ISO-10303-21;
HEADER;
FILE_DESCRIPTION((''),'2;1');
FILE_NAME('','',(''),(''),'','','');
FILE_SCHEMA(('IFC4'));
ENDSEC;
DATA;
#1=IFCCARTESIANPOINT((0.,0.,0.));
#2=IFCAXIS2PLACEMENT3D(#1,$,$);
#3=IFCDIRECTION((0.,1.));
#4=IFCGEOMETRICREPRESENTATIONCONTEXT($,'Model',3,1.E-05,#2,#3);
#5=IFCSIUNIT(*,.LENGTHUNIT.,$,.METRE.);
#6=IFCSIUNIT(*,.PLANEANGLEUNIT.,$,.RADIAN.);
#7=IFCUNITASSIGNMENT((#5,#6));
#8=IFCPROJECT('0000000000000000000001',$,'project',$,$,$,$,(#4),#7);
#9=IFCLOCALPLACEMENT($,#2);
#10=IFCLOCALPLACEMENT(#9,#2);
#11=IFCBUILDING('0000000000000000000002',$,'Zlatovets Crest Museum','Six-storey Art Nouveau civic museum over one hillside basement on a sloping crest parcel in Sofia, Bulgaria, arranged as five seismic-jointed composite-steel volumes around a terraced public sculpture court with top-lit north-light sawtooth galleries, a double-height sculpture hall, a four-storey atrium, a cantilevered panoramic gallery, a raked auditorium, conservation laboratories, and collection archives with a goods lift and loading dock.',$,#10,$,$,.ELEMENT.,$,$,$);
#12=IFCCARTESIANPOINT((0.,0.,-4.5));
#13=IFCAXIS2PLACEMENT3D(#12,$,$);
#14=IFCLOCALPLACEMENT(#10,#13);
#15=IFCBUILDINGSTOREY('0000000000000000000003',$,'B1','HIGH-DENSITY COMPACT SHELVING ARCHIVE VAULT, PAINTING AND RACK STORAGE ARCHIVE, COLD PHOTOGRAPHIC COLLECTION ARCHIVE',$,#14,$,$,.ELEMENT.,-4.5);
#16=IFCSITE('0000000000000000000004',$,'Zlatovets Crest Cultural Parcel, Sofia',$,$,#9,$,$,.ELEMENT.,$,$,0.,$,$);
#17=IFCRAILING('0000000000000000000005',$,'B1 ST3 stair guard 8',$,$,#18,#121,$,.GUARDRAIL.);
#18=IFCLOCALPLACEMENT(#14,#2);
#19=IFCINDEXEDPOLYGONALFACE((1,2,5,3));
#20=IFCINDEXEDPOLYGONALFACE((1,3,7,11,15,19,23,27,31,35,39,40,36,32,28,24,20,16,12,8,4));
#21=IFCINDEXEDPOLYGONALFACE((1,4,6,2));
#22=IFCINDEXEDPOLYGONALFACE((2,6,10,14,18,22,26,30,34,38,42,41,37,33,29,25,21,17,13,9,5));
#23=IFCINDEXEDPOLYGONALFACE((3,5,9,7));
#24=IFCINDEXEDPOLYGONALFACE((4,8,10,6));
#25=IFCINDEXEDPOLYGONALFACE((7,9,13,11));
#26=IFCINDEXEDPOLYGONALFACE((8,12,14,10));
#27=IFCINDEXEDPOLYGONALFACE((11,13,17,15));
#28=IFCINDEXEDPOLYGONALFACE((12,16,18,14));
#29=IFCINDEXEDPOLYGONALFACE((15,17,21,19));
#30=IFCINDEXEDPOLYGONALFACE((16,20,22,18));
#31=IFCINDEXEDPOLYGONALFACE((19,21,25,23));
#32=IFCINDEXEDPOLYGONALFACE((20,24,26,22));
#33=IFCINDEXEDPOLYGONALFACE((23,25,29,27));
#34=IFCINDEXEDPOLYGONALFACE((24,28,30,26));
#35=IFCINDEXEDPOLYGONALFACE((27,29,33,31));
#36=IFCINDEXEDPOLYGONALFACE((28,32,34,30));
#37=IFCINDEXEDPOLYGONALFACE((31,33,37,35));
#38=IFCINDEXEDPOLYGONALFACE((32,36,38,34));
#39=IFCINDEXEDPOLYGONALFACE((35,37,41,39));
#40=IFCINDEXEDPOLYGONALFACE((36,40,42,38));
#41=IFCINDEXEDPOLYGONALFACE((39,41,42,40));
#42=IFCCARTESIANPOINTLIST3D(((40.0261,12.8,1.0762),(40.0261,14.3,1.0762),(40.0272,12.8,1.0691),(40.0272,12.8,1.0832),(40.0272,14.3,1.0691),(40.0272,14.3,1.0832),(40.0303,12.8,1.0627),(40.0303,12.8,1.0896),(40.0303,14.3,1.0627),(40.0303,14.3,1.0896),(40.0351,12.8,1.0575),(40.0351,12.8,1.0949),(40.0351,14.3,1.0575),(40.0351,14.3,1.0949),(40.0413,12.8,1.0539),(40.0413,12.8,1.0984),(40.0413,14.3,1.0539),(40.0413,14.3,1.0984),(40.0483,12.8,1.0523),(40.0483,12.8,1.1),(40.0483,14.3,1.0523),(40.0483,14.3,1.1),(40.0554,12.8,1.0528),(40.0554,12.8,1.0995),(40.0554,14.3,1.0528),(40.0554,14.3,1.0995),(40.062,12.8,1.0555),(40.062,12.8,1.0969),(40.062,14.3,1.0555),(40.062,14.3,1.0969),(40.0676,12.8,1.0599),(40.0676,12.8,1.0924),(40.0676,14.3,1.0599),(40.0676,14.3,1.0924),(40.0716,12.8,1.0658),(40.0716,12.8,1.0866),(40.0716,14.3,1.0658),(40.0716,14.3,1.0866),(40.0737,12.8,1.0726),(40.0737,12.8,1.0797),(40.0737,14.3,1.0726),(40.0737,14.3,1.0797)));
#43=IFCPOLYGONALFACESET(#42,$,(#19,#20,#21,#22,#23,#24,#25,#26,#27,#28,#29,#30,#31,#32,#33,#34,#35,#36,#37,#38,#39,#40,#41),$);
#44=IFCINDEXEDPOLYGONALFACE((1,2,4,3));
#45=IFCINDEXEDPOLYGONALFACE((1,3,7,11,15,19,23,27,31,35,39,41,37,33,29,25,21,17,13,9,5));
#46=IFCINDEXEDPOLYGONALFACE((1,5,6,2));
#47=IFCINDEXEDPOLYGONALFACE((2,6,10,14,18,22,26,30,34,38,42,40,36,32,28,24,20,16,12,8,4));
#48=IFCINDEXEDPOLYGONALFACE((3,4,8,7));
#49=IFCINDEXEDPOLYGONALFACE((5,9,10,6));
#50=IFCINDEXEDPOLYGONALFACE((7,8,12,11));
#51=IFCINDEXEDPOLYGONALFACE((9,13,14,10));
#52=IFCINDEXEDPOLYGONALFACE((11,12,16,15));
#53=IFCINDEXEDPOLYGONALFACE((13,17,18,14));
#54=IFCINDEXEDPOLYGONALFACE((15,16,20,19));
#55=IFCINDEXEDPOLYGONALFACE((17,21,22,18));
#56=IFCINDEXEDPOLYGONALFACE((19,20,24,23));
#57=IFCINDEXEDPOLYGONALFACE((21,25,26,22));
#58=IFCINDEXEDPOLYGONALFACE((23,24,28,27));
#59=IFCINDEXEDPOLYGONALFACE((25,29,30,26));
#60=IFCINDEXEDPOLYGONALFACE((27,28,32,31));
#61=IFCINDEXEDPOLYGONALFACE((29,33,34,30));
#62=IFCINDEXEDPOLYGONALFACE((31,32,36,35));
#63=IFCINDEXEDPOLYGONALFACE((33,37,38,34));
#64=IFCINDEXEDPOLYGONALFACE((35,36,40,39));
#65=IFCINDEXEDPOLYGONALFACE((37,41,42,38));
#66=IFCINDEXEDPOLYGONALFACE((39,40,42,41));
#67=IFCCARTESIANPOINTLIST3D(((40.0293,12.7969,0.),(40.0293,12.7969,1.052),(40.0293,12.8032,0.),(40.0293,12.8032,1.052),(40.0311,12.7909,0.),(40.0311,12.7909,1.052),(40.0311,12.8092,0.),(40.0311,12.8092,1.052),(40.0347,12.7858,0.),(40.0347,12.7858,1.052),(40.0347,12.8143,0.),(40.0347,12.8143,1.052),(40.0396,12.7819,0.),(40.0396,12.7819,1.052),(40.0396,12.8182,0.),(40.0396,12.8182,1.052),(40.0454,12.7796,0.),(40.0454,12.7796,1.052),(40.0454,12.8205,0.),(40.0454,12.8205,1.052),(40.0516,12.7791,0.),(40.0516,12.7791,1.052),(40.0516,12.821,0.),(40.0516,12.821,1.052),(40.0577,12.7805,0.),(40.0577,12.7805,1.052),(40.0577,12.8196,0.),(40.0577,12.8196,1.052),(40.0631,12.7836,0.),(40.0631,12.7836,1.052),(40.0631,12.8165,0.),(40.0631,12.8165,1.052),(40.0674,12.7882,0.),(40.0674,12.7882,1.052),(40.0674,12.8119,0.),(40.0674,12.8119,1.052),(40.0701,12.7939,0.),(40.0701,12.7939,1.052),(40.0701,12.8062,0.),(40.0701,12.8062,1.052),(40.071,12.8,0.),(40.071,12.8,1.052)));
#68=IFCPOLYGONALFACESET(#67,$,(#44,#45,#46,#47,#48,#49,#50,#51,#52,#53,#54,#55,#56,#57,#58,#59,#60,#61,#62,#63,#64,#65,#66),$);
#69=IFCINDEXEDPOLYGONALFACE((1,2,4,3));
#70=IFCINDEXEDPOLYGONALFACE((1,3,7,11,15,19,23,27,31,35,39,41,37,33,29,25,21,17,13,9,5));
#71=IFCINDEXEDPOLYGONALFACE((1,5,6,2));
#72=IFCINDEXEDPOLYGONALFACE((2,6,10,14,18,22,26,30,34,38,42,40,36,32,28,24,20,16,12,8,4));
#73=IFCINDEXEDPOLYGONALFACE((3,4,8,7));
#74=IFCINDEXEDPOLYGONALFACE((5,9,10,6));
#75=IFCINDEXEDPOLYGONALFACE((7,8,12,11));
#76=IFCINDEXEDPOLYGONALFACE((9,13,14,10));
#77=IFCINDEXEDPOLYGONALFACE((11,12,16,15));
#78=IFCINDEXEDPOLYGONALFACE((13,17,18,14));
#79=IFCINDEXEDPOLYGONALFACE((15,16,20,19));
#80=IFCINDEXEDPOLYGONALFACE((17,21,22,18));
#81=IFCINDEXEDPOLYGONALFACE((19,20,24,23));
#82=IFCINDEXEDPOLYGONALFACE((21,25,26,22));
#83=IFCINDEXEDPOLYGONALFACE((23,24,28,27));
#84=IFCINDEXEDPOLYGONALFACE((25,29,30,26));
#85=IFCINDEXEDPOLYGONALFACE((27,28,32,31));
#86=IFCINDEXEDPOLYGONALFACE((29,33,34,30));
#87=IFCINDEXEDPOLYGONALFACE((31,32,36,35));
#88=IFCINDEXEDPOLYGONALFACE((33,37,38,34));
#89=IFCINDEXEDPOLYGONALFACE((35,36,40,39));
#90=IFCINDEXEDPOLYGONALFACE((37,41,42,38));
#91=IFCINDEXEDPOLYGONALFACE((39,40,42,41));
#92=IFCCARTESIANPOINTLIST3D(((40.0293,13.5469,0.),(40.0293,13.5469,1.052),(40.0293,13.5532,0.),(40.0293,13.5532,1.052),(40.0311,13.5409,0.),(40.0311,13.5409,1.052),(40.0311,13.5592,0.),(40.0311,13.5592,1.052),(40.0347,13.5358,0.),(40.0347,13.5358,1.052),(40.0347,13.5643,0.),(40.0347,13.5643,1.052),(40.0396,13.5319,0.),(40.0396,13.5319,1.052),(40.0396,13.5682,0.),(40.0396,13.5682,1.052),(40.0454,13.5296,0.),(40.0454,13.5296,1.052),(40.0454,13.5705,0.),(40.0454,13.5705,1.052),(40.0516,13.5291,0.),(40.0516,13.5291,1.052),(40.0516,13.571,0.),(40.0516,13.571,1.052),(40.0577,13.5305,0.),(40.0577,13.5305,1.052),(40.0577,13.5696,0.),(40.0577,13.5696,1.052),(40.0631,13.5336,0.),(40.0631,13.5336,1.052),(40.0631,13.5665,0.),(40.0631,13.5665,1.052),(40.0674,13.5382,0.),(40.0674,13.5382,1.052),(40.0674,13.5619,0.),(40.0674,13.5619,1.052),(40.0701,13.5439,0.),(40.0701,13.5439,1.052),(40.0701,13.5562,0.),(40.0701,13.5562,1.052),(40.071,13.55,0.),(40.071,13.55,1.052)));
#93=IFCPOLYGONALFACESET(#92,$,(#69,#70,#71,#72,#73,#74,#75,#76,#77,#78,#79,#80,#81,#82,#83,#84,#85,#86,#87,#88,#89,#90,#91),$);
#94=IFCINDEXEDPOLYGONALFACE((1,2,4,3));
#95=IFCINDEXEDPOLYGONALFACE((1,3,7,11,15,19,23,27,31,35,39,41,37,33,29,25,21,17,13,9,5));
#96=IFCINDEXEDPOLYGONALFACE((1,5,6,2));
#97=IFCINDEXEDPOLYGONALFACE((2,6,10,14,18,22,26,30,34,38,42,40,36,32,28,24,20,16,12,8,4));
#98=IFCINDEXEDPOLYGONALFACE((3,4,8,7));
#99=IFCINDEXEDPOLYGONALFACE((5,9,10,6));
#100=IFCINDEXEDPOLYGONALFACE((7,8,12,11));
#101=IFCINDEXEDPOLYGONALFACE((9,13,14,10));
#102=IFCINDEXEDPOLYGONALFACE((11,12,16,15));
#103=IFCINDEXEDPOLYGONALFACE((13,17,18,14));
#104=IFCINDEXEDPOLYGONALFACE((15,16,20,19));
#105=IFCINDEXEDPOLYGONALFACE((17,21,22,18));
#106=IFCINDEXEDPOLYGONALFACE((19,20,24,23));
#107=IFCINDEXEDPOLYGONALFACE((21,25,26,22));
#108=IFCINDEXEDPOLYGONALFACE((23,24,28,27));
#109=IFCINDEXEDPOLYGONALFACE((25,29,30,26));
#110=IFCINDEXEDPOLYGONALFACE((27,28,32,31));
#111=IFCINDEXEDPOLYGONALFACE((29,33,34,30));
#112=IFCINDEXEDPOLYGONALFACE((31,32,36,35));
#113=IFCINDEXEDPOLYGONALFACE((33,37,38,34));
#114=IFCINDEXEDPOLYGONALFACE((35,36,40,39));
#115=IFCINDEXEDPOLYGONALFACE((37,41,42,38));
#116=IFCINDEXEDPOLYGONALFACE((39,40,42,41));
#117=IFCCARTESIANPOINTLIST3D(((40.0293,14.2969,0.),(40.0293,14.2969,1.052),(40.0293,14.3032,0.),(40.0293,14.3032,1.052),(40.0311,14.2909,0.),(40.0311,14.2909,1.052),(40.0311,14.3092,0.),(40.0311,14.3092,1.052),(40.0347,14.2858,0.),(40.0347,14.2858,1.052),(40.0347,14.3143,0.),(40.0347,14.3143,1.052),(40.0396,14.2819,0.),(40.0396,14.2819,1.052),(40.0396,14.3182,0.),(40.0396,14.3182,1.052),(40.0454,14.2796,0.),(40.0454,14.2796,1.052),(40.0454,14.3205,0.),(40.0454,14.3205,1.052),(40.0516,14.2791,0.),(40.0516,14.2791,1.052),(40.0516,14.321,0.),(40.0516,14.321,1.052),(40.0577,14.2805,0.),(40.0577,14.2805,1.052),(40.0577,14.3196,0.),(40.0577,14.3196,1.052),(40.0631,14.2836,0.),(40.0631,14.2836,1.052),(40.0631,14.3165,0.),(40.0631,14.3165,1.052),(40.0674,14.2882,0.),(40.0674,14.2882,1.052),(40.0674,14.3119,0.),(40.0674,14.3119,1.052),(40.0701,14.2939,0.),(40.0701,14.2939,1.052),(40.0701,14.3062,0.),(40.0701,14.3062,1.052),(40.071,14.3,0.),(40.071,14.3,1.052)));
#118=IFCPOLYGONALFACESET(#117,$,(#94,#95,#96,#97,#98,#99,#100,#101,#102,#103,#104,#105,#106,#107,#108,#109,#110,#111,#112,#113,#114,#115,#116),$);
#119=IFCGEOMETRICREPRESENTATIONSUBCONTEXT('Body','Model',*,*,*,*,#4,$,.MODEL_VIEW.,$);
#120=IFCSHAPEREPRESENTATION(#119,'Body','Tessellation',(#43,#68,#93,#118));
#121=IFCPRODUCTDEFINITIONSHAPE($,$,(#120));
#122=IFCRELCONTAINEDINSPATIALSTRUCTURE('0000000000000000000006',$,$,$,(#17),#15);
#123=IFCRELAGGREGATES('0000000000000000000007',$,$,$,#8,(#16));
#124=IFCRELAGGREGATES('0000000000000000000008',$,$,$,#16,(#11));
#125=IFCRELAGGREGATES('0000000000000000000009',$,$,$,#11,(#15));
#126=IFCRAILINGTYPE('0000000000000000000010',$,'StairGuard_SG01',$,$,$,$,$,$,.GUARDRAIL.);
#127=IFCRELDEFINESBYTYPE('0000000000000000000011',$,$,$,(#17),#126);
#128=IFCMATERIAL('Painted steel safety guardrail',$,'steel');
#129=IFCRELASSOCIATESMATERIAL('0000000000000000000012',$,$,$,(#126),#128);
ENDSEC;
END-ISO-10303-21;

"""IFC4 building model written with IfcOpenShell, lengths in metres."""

from ifc_helpers import new_model, si_unit, direction, frame, origin, origin_2d, place, context, subcontext, project, spatial, circle, extrude, material, type_object, element, save


model = new_model("IFC4")

# Units and contexts
model_context = context("Model", 3, precision=1e-05, world=origin(), true_north=direction((0.0, 1.0)))
body_context = subcontext(model_context, "Body", "Model", "MODEL_VIEW")
ifc_project = project(units=[si_unit("LENGTHUNIT", "METRE"), si_unit("PLANEANGLEUNIT", "RADIAN")], contexts=[model_context])

# Site, building, storey
site_placement = place(None, origin())
site = spatial("IfcSite", under=ifc_project, at=site_placement, Name="Zlatovets Crest Cultural Parcel, Sofia", CompositionType="ELEMENT", RefElevation=0.0)
building_placement = place(site_placement, origin())
building = spatial("IfcBuilding", under=site, at=building_placement, Name="Zlatovets Crest Museum", Description="Six-storey Art Nouveau civic museum over one hillside basement on a sloping crest parcel in Sofia, Bulgaria, arranged as five seismic-jointed composite-steel volumes around a terraced public sculpture court with top-lit north-light sawtooth galleries, a double-height sculpture hall, a four-storey atrium, a cantilevered panoramic gallery, a raked auditorium, conservation laboratories, and collection archives with a goods lift and loading dock.", CompositionType="ELEMENT")
storey_placement = place(building_placement, frame((0.0, 0.0, -4.5)))
storey = spatial("IfcBuildingStorey", under=building, at=storey_placement, Name="B1", Description="HIGH-DENSITY COMPACT SHELVING ARCHIVE VAULT, PAINTING AND RACK STORAGE ARCHIVE, COLD PHOTOGRAPHIC COLLECTION ARCHIVE", CompositionType="ELEMENT", Elevation=-4.5)

# Railing
ifc_material_1 = material(Name="Painted steel safety guardrail", Category="steel")
railing_type_1 = type_object("IfcRailingType", Name="StairGuard_SG01", PredefinedType="GUARDRAIL", material=ifc_material_1)
for number, where, name in (
    (1, (40.05, 12.8, 0.0), "B1 ST3 stair guard 8"),
):
    element("IfcRailing", number, at=place(storey_placement, frame(where)), inside=storey, type_object=railing_type_1, Name=name, PredefinedType="GUARDRAIL", context=body_context, shape_type="SweptSolid", body=[
        extrude(circle(Radius=0.0239, at=origin_2d()), frame((0.0, 0.0, 1.0762), z_axis=(0.0, 1.0, 0.0), x_axis=(-1.0, 0.0, 0.0)), (0.0, 0.0, 1.0), 1.5),
        extrude(circle(Radius=0.021, at=origin_2d()), origin(), (0.0, 0.0, 1.0), 1.052),
        extrude(circle(Radius=0.021, at=origin_2d()), frame((0.0, 0.75, 0.0)), (0.0, 0.0, 1.0), 1.052),
        extrude(circle(Radius=0.021, at=origin_2d()), frame((0.0, 1.5, 0.0)), (0.0, 0.0, 1.0), 1.052),
    ])

save(model, "model.ifc")
